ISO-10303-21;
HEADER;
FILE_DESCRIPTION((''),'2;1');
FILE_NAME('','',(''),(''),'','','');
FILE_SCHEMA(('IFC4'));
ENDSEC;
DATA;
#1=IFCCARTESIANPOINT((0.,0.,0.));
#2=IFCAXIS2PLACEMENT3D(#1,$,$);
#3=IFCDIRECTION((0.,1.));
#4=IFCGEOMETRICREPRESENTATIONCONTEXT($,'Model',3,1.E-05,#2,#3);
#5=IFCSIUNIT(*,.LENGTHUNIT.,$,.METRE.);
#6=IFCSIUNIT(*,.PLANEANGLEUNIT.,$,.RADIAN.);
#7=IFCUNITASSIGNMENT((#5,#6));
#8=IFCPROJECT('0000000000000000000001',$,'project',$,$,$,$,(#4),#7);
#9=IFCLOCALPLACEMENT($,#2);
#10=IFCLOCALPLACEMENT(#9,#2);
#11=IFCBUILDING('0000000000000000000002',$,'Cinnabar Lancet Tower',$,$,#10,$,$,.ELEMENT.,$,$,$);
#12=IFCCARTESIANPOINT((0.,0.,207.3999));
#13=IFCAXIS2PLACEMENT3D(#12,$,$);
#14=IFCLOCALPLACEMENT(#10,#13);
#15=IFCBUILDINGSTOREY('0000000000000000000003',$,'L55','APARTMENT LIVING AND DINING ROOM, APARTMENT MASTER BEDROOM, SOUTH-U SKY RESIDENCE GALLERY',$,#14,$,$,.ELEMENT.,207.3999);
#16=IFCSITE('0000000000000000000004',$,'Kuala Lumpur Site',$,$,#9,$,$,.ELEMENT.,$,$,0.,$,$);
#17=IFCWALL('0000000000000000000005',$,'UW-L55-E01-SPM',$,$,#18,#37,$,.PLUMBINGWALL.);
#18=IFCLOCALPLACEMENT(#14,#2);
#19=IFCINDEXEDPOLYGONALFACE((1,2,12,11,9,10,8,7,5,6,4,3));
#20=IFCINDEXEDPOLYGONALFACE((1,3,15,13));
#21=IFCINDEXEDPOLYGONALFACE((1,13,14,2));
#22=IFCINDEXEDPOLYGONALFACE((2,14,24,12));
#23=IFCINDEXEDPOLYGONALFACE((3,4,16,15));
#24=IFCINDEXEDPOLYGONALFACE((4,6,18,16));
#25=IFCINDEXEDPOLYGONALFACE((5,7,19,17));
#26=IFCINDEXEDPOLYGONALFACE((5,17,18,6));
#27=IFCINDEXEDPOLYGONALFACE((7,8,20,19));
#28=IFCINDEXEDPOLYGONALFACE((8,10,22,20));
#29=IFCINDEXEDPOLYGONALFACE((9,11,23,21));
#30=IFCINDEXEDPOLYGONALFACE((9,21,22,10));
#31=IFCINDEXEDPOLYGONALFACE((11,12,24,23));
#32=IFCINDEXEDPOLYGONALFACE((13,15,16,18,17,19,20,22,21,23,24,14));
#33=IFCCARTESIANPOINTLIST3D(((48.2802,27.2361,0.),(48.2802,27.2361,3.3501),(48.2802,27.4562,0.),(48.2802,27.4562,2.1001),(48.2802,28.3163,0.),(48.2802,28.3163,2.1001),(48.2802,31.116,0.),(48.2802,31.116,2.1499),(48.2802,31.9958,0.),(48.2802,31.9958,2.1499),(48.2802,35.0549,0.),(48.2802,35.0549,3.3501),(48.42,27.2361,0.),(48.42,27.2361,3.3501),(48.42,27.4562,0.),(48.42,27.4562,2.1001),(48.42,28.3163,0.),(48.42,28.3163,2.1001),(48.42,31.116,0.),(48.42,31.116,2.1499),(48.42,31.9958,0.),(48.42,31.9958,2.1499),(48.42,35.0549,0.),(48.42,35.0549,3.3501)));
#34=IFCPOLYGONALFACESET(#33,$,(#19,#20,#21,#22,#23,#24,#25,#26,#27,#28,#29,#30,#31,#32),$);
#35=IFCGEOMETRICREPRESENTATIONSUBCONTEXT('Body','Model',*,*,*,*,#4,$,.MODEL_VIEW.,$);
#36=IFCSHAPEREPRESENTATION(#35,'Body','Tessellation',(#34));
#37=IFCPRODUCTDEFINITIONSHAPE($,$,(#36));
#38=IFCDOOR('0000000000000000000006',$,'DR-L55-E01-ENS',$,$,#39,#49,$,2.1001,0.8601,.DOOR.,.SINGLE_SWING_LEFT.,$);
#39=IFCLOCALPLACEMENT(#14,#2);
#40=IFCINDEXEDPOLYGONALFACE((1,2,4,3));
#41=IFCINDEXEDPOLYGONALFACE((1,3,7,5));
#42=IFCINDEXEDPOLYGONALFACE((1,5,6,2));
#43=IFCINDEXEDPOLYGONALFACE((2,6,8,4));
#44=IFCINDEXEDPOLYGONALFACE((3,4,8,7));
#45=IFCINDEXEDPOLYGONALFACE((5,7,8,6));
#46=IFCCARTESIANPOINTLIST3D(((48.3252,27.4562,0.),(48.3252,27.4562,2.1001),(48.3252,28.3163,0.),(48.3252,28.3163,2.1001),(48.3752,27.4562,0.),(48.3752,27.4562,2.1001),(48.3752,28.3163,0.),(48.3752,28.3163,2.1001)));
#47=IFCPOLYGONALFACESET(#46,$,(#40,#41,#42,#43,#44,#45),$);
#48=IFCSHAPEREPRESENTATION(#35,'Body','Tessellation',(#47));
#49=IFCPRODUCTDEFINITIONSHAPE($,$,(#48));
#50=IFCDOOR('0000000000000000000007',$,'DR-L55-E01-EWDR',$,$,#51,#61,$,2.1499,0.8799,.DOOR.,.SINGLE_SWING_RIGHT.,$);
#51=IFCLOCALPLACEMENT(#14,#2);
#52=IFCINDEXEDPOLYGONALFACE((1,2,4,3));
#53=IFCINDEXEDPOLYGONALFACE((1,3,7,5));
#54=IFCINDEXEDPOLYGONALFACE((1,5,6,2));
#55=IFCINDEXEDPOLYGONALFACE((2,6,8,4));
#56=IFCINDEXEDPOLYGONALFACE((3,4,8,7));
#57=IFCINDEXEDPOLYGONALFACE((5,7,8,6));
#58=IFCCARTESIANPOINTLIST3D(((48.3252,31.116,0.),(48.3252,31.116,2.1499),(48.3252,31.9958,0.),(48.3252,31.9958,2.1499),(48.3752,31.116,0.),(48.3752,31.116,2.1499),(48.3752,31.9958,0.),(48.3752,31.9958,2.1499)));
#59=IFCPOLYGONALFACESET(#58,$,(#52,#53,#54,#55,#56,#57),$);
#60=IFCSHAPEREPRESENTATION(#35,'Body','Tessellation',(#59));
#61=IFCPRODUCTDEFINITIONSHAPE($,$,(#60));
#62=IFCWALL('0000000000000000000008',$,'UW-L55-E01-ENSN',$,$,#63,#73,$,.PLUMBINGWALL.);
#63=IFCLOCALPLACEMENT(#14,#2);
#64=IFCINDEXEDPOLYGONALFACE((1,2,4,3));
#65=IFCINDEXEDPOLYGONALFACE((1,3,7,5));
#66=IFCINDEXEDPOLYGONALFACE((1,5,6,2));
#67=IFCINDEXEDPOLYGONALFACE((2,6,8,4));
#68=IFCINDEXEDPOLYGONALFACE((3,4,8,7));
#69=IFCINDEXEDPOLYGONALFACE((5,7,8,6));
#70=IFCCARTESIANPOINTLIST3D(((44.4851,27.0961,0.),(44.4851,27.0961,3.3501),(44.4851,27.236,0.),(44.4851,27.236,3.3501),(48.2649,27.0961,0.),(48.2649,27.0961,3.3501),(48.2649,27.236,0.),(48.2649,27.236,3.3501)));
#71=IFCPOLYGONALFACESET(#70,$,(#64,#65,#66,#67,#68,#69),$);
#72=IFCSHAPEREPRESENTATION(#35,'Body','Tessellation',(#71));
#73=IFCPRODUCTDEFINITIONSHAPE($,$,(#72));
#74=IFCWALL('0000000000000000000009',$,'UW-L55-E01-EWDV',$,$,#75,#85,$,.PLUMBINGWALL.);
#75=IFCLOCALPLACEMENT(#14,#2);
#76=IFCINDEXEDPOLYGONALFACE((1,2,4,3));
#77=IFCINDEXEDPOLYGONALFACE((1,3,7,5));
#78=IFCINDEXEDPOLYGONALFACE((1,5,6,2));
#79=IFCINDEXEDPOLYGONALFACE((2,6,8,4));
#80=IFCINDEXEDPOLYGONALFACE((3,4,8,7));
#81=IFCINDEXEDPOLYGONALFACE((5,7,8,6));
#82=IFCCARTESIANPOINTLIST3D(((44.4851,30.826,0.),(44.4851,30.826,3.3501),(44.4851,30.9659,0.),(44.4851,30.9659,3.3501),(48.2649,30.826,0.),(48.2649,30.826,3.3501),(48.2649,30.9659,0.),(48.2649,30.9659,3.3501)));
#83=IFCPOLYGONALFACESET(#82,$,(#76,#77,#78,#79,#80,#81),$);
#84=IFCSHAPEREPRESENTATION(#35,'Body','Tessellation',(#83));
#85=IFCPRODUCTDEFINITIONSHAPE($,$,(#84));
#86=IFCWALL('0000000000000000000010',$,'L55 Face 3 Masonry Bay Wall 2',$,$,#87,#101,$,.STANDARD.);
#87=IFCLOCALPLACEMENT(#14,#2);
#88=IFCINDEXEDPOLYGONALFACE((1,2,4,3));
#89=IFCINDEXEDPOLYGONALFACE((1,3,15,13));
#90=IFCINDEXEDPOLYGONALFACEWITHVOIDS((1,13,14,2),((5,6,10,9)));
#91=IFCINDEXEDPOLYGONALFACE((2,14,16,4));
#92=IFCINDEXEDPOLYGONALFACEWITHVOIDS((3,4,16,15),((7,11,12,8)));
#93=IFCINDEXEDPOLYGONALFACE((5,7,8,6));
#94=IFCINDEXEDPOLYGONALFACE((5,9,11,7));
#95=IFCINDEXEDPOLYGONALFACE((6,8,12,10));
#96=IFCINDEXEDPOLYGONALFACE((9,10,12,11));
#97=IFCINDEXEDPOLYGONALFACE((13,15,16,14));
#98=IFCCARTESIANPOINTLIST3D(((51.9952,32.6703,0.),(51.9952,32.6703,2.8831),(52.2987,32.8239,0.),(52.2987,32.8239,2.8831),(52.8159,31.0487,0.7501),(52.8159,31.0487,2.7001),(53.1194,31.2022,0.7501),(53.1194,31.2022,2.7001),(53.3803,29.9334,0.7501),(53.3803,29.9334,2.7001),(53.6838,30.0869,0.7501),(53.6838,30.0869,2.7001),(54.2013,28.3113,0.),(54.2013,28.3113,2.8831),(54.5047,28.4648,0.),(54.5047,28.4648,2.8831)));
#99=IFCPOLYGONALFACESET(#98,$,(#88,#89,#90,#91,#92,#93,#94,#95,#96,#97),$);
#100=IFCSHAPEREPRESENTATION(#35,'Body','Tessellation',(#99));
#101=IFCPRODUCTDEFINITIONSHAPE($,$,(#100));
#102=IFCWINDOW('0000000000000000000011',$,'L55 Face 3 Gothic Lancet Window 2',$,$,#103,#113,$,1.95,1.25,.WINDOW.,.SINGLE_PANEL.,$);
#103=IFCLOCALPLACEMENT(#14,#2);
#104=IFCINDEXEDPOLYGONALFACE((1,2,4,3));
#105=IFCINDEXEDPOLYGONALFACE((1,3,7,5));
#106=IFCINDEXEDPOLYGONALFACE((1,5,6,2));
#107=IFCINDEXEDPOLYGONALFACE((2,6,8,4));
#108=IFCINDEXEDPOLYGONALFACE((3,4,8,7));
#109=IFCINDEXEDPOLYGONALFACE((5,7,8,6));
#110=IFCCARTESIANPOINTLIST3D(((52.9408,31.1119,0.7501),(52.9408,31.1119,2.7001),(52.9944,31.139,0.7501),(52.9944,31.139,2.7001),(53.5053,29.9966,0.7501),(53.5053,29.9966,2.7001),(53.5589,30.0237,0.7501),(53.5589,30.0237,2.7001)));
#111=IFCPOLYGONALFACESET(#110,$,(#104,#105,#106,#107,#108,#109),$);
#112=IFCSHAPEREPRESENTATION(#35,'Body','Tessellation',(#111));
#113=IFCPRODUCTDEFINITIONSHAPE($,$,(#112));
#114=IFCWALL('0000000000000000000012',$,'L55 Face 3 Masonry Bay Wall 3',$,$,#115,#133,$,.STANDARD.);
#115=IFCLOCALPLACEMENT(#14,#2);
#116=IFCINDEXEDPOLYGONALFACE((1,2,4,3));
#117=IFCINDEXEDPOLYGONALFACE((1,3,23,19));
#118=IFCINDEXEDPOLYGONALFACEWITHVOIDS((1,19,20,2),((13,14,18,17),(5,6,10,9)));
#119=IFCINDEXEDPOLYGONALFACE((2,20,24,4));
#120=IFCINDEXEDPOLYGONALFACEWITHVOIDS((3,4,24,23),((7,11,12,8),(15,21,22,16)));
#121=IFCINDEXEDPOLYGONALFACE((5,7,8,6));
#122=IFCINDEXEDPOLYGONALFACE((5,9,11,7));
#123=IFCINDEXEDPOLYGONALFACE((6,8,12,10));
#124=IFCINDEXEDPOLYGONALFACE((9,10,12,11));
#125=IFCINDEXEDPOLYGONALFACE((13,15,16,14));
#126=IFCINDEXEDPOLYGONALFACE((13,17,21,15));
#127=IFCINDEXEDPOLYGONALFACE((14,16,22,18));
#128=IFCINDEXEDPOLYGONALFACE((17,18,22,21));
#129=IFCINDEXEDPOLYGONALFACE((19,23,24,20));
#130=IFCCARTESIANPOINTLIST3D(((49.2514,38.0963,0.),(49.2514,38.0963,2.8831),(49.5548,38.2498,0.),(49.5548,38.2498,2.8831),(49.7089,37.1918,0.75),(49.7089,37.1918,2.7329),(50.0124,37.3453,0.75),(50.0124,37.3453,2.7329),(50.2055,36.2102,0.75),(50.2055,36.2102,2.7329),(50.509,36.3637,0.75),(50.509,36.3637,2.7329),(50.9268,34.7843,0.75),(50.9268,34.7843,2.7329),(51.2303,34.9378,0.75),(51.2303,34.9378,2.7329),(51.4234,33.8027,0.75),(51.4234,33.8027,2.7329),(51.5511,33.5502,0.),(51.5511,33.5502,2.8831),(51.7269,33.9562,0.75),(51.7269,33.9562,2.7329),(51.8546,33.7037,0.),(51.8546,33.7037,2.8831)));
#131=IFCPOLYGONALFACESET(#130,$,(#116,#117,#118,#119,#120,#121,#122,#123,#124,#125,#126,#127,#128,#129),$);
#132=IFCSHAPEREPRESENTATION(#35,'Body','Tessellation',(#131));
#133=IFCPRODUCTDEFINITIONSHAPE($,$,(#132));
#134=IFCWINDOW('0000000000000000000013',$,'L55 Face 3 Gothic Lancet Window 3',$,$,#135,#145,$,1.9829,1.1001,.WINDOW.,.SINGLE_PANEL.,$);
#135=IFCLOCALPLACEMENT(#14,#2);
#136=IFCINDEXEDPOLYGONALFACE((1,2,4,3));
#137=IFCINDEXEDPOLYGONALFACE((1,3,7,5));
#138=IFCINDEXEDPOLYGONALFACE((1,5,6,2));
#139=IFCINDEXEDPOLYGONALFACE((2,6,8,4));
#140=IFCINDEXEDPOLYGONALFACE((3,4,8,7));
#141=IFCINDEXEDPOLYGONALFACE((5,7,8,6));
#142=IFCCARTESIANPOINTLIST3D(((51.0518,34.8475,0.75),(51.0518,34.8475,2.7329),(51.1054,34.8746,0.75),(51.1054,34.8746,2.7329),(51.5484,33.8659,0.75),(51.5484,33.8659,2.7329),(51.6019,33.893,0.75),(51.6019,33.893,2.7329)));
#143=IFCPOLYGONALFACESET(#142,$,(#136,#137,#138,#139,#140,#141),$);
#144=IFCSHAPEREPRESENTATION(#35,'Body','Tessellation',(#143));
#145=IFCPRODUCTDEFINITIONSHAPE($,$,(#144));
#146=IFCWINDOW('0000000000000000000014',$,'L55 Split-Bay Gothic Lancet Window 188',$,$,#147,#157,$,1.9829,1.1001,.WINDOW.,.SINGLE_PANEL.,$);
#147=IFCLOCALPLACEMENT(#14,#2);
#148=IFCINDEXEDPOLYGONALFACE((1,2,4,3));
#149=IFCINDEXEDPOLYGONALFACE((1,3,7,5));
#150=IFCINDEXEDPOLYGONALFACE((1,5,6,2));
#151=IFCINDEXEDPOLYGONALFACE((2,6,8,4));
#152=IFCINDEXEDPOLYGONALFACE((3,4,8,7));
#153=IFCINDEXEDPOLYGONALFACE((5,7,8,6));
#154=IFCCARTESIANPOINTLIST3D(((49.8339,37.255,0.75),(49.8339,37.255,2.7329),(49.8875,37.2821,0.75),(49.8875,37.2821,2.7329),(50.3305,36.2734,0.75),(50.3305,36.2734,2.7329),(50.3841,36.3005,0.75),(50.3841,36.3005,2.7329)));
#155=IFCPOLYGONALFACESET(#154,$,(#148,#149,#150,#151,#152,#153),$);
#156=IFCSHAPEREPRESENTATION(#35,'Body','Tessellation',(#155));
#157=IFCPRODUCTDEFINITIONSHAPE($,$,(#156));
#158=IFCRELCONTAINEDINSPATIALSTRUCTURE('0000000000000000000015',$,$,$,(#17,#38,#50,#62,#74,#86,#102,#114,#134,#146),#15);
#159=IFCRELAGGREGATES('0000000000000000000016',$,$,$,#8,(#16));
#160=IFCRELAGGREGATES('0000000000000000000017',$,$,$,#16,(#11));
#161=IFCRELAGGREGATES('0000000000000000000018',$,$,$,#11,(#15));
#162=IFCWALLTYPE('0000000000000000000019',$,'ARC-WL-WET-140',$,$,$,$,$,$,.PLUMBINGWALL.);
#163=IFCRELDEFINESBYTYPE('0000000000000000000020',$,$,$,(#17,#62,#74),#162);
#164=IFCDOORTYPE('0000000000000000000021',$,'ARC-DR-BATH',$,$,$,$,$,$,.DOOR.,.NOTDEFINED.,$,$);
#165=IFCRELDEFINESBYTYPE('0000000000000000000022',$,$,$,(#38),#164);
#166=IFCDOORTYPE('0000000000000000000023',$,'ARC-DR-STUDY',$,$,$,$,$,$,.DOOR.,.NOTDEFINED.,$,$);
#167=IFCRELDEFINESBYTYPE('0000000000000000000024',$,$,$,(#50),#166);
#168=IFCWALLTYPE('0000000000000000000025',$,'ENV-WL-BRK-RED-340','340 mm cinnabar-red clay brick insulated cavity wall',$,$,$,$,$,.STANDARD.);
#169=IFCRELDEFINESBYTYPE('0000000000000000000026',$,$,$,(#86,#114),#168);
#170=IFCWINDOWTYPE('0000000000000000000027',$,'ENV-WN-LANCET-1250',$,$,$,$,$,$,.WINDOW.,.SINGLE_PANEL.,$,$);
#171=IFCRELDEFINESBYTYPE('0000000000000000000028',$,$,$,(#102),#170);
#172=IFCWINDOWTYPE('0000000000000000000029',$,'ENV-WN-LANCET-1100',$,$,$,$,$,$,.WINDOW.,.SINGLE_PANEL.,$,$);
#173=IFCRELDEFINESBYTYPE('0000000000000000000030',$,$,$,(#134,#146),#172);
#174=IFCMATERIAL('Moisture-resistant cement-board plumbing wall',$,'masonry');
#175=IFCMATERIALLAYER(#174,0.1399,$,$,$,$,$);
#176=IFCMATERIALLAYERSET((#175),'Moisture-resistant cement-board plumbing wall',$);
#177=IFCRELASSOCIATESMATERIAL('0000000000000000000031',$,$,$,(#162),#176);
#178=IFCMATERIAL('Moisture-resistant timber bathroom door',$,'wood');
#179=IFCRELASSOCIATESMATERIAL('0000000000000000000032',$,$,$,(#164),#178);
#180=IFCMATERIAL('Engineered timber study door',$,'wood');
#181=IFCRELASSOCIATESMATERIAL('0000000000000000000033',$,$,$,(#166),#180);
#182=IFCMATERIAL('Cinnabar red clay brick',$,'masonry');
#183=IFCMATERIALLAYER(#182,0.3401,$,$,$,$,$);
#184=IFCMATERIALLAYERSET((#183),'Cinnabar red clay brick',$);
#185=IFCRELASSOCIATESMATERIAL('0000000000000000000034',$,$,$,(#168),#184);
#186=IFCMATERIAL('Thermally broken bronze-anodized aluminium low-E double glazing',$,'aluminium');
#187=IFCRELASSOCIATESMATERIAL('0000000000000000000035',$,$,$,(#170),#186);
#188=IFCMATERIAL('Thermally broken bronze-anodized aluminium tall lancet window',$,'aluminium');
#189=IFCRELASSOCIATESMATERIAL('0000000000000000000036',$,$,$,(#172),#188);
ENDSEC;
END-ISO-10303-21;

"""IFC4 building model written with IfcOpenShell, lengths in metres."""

from ifc_helpers import new_model, si_unit, direction, frame, frame_2d, origin, place, context, subcontext, project, spatial, rectangle, extrude, material, layer, layer_set, type_object, element, fill, save


model = new_model("IFC4")

# Units and contexts
model_context = context("Model", 3, precision=1e-05, world=origin(), true_north=direction((0.0, 1.0)))
body_context = subcontext(model_context, "Body", "Model", "MODEL_VIEW")
ifc_project = project(units=[si_unit("LENGTHUNIT", "METRE"), si_unit("PLANEANGLEUNIT", "RADIAN")], contexts=[model_context])

# Site, building, storey
site_placement = place(None, origin())
site = spatial("IfcSite", under=ifc_project, at=site_placement, Name="Kuala Lumpur Site", CompositionType="ELEMENT", RefElevation=0.0)
building_placement = place(site_placement, origin())
building = spatial("IfcBuilding", under=site, at=building_placement, Name="Cinnabar Lancet Tower", CompositionType="ELEMENT")
storey_placement = place(building_placement, frame((0.0, 0.0, 207.3999)))
storey = spatial("IfcBuildingStorey", under=building, at=storey_placement, Name="L55", Description="APARTMENT LIVING AND DINING ROOM, APARTMENT MASTER BEDROOM, SOUTH-U SKY RESIDENCE GALLERY", CompositionType="ELEMENT", Elevation=207.3999)

# Wall, openings, doors
ifc_material_1 = material(Name="Moisture-resistant cement-board plumbing wall", Category="masonry")
ifc_layer_1 = layer(ifc_material_1, 0.1399)
ifc_layer_set_1 = layer_set([ifc_layer_1], Name="Moisture-resistant cement-board plumbing wall")
wall_type_1 = type_object("IfcWallType", Name="ARC-WL-WET-140", PredefinedType="PLUMBINGWALL", material=ifc_layer_set_1)
wall_1_placement = place(storey_placement, frame((48.3501, 27.2361, 0.0), z_axis=(0.0, 0.0, 1.0), x_axis=(0.0, 1.0, 0.0)))
wall_1 = element("IfcWall", 1, at=wall_1_placement, inside=storey, type_object=wall_type_1, Name="UW-L55-E01-SPM", PredefinedType="PLUMBINGWALL", context=body_context, shape_type="SweptSolid", body=[
    extrude(rectangle(XDim=7.8188, YDim=0.1399, at=frame_2d((3.9094, 0.0))), origin(), (0.0, 0.0, 1.0), 3.3501),
])
opening_1_placement = place(wall_1_placement, frame((0.22, 0.0, 0.0)))
opening_1 = element("IfcOpeningElement", 2, at=opening_1_placement, cuts=wall_1, PredefinedType="OPENING", context=body_context, shape_type="SweptSolid", body=[
    extrude(rectangle(XDim=0.8601, YDim=2.1001, at=frame_2d((0.4302, 1.05))), frame((0.0, 0.0798, 0.0), z_axis=(0.0, -1.0, 0.0), x_axis=(1.0, 0.0, 0.0)), (0.0, 0.0, 1.0), 0.1599),
])
opening_2_placement = place(wall_1_placement, frame((3.8799, 0.0, 0.0)))
opening_2 = element("IfcOpeningElement", 3, at=opening_2_placement, cuts=wall_1, PredefinedType="OPENING", context=body_context, shape_type="SweptSolid", body=[
    extrude(rectangle(XDim=0.8799, YDim=2.1499, at=frame_2d((0.4399, 1.075))), frame((0.0, 0.0798, 0.0), z_axis=(0.0, -1.0, 0.0), x_axis=(1.0, 0.0, 0.0)), (0.0, 0.0, 1.0), 0.1599),
])
ifc_material_2 = material(Name="Moisture-resistant timber bathroom door", Category="wood")
door_type_1 = type_object("IfcDoorType", Name="ARC-DR-BATH", OperationType="NOTDEFINED", PredefinedType="DOOR", material=ifc_material_2)
door_1_placement = place(opening_1_placement, origin())
door_1 = element("IfcDoor", 4, at=door_1_placement, inside=storey, type_object=door_type_1, Name="DR-L55-E01-ENS", OperationType="SINGLE_SWING_LEFT", OverallHeight=2.1001, OverallWidth=0.8601, PredefinedType="DOOR", context=body_context, shape_type="SweptSolid", body=[
    extrude(rectangle(XDim=0.8601, YDim=2.1001, at=frame_2d((0.4302, 1.05))), frame((0.0, 0.0249, 0.0), z_axis=(0.0, -1.0, 0.0), x_axis=(1.0, 0.0, 0.0)), (0.0, 0.0, 1.0), 0.05),
])
fill(opening_1, door_1)
ifc_material_3 = material(Name="Engineered timber study door", Category="wood")
door_type_2 = type_object("IfcDoorType", Name="ARC-DR-STUDY", OperationType="NOTDEFINED", PredefinedType="DOOR", material=ifc_material_3)
door_2_placement = place(opening_2_placement, origin())
door_2 = element("IfcDoor", 5, at=door_2_placement, inside=storey, type_object=door_type_2, Name="DR-L55-E01-EWDR", OperationType="SINGLE_SWING_RIGHT", OverallHeight=2.1499, OverallWidth=0.8799, PredefinedType="DOOR", context=body_context, shape_type="SweptSolid", body=[
    extrude(rectangle(XDim=0.8799, YDim=2.1499, at=frame_2d((0.4399, 1.075))), frame((0.0, 0.0249, 0.0), z_axis=(0.0, -1.0, 0.0), x_axis=(1.0, 0.0, 0.0)), (0.0, 0.0, 1.0), 0.05),
])
fill(opening_2, door_2)

# Walls
for number, where, z_axis, x_axis, name in (
    (6, (44.4851, 27.166, 0.0), (0.0, 0.0, 1.0), (1.0, 0.0, 0.0), "UW-L55-E01-ENSN"),
    (7, (44.4851, 30.896, 0.0), (0.0, 0.0, 1.0), (1.0, 0.0, 0.0), "UW-L55-E01-EWDV"),
):
    element("IfcWall", number, at=place(storey_placement, frame(where, z_axis=z_axis, x_axis=x_axis)), inside=storey, type_object=wall_type_1, Name=name, PredefinedType="PLUMBINGWALL", context=body_context, shape_type="SweptSolid", body=[
        extrude(rectangle(XDim=3.7798, YDim=0.1399, at=frame_2d((1.8899, 0.0))), origin(), (0.0, 0.0, 1.0), 3.3501),
    ])

# Wall, opening, window
ifc_material_4 = material(Name="Cinnabar red clay brick", Category="masonry")
ifc_layer_2 = layer(ifc_material_4, 0.3401)
ifc_layer_set_2 = layer_set([ifc_layer_2], Name="Cinnabar red clay brick")
wall_type_2 = type_object("IfcWallType", Name="ENV-WL-BRK-RED-340", Description="340 mm cinnabar-red clay brick insulated cavity wall", PredefinedType="STANDARD", material=ifc_layer_set_2)
wall_2_placement = place(storey_placement, frame((54.353, 28.3879, 0.0), z_axis=(0.0, 0.0, 1.0), x_axis=(-0.451546, 0.892248, 0.0)))
wall_2 = element("IfcWall", 8, at=wall_2_placement, inside=storey, type_object=wall_type_2, Name="L55 Face 3 Masonry Bay Wall 2", PredefinedType="STANDARD", context=body_context, shape_type="SweptSolid", body=[
    extrude(rectangle(XDim=4.8855, YDim=0.3401, at=frame_2d((2.4429, 0.0))), origin(), (0.0, 0.0, 1.0), 2.8831),
])
opening_3_placement = place(wall_2_placement, frame((1.8181, 0.0, 0.75)))
opening_3 = element("IfcOpeningElement", 9, at=opening_3_placement, cuts=wall_2, PredefinedType="OPENING", context=body_context, shape_type="SweptSolid", body=[
    extrude(rectangle(XDim=1.25, YDim=1.95, at=frame_2d((0.625, 0.9751))), frame((0.0, 0.1799, 0.0), z_axis=(0.0, -1.0, 0.0), x_axis=(1.0, 0.0, 0.0)), (0.0, 0.0, 1.0), 0.3601),
])
ifc_material_5 = material(Name="Thermally broken bronze-anodized aluminium low-E double glazing", Category="aluminium")
window_type_1 = type_object("IfcWindowType", Name="ENV-WN-LANCET-1250", PartitioningType="SINGLE_PANEL", PredefinedType="WINDOW", material=ifc_material_5)
window_1_placement = place(opening_3_placement, origin())
window_1 = element("IfcWindow", 10, at=window_1_placement, inside=storey, type_object=window_type_1, Name="L55 Face 3 Gothic Lancet Window 2", OverallHeight=1.95, OverallWidth=1.25, PartitioningType="SINGLE_PANEL", PredefinedType="WINDOW", context=body_context, shape_type="SweptSolid", body=[
    extrude(rectangle(XDim=1.25, YDim=1.95, at=frame_2d((0.625, 0.9751))), frame((0.0, 0.03, 0.0), z_axis=(0.0, -1.0, 0.0), x_axis=(1.0, 0.0, 0.0)), (0.0, 0.0, 1.0), 0.0601),
])
fill(opening_3, window_1)

# Wall, openings, windows
wall_3_placement = place(storey_placement, frame((51.7029, 33.627, 0.0), z_axis=(0.0, 0.0, 1.0), x_axis=(-0.451406, 0.892318, 0.0)))
wall_3 = element("IfcWall", 11, at=wall_3_placement, inside=storey, type_object=wall_type_2, Name="L55 Face 3 Masonry Bay Wall 3", PredefinedType="STANDARD", context=body_context, shape_type="SweptSolid", body=[
    extrude(rectangle(XDim=5.0947, YDim=0.3401, at=frame_2d((2.5474, 0.0))), origin(), (0.0, 0.0, 1.0), 2.8831),
])
opening_4_placement = place(wall_3_placement, frame((0.283, 0.0, 0.75)))
opening_4 = element("IfcOpeningElement", 12, at=opening_4_placement, cuts=wall_3, PredefinedType="OPENING", context=body_context, shape_type="SweptSolid", body=[
    extrude(rectangle(XDim=1.1001, YDim=1.9829, at=frame_2d((0.55, 0.9915))), frame((0.0, 0.1799, 0.0), z_axis=(0.0, -1.0, 0.0), x_axis=(1.0, 0.0, 0.0)), (0.0, 0.0, 1.0), 0.3601),
])
opening_5_placement = place(wall_3_placement, frame((2.981, 0.0, 0.75)))
opening_5 = element("IfcOpeningElement", 13, at=opening_5_placement, cuts=wall_3, PredefinedType="OPENING", context=body_context, shape_type="SweptSolid", body=[
    extrude(rectangle(XDim=1.1001, YDim=1.9829, at=frame_2d((0.55, 0.9915))), frame((0.0, 0.1799, 0.0), z_axis=(0.0, -1.0, 0.0), x_axis=(1.0, 0.0, 0.0)), (0.0, 0.0, 1.0), 0.3601),
])
ifc_material_6 = material(Name="Thermally broken bronze-anodized aluminium tall lancet window", Category="aluminium")
window_type_2 = type_object("IfcWindowType", Name="ENV-WN-LANCET-1100", PartitioningType="SINGLE_PANEL", PredefinedType="WINDOW", material=ifc_material_6)
window_2_placement = place(opening_4_placement, origin())
window_2 = element("IfcWindow", 14, at=window_2_placement, inside=storey, type_object=window_type_2, Name="L55 Face 3 Gothic Lancet Window 3", OverallHeight=1.9829, OverallWidth=1.1001, PartitioningType="SINGLE_PANEL", PredefinedType="WINDOW", context=body_context, shape_type="SweptSolid", body=[
    extrude(rectangle(XDim=1.1001, YDim=1.9829, at=frame_2d((0.55, 0.9915))), frame((0.0, 0.03, 0.0), z_axis=(0.0, -1.0, 0.0), x_axis=(1.0, 0.0, 0.0)), (0.0, 0.0, 1.0), 0.0601),
])
fill(opening_4, window_2)
window_3_placement = place(opening_5_placement, origin())
window_3 = element("IfcWindow", 15, at=window_3_placement, inside=storey, type_object=window_type_2, Name="L55 Split-Bay Gothic Lancet Window 188", OverallHeight=1.9829, OverallWidth=1.1001, PartitioningType="SINGLE_PANEL", PredefinedType="WINDOW", context=body_context, shape_type="SweptSolid", body=[
    extrude(rectangle(XDim=1.1001, YDim=1.9829, at=frame_2d((0.55, 0.9915))), frame((0.0, 0.03, 0.0), z_axis=(0.0, -1.0, 0.0), x_axis=(1.0, 0.0, 0.0)), (0.0, 0.0, 1.0), 0.0601),
])
fill(opening_5, window_3)

save(model, "model.ifc")
